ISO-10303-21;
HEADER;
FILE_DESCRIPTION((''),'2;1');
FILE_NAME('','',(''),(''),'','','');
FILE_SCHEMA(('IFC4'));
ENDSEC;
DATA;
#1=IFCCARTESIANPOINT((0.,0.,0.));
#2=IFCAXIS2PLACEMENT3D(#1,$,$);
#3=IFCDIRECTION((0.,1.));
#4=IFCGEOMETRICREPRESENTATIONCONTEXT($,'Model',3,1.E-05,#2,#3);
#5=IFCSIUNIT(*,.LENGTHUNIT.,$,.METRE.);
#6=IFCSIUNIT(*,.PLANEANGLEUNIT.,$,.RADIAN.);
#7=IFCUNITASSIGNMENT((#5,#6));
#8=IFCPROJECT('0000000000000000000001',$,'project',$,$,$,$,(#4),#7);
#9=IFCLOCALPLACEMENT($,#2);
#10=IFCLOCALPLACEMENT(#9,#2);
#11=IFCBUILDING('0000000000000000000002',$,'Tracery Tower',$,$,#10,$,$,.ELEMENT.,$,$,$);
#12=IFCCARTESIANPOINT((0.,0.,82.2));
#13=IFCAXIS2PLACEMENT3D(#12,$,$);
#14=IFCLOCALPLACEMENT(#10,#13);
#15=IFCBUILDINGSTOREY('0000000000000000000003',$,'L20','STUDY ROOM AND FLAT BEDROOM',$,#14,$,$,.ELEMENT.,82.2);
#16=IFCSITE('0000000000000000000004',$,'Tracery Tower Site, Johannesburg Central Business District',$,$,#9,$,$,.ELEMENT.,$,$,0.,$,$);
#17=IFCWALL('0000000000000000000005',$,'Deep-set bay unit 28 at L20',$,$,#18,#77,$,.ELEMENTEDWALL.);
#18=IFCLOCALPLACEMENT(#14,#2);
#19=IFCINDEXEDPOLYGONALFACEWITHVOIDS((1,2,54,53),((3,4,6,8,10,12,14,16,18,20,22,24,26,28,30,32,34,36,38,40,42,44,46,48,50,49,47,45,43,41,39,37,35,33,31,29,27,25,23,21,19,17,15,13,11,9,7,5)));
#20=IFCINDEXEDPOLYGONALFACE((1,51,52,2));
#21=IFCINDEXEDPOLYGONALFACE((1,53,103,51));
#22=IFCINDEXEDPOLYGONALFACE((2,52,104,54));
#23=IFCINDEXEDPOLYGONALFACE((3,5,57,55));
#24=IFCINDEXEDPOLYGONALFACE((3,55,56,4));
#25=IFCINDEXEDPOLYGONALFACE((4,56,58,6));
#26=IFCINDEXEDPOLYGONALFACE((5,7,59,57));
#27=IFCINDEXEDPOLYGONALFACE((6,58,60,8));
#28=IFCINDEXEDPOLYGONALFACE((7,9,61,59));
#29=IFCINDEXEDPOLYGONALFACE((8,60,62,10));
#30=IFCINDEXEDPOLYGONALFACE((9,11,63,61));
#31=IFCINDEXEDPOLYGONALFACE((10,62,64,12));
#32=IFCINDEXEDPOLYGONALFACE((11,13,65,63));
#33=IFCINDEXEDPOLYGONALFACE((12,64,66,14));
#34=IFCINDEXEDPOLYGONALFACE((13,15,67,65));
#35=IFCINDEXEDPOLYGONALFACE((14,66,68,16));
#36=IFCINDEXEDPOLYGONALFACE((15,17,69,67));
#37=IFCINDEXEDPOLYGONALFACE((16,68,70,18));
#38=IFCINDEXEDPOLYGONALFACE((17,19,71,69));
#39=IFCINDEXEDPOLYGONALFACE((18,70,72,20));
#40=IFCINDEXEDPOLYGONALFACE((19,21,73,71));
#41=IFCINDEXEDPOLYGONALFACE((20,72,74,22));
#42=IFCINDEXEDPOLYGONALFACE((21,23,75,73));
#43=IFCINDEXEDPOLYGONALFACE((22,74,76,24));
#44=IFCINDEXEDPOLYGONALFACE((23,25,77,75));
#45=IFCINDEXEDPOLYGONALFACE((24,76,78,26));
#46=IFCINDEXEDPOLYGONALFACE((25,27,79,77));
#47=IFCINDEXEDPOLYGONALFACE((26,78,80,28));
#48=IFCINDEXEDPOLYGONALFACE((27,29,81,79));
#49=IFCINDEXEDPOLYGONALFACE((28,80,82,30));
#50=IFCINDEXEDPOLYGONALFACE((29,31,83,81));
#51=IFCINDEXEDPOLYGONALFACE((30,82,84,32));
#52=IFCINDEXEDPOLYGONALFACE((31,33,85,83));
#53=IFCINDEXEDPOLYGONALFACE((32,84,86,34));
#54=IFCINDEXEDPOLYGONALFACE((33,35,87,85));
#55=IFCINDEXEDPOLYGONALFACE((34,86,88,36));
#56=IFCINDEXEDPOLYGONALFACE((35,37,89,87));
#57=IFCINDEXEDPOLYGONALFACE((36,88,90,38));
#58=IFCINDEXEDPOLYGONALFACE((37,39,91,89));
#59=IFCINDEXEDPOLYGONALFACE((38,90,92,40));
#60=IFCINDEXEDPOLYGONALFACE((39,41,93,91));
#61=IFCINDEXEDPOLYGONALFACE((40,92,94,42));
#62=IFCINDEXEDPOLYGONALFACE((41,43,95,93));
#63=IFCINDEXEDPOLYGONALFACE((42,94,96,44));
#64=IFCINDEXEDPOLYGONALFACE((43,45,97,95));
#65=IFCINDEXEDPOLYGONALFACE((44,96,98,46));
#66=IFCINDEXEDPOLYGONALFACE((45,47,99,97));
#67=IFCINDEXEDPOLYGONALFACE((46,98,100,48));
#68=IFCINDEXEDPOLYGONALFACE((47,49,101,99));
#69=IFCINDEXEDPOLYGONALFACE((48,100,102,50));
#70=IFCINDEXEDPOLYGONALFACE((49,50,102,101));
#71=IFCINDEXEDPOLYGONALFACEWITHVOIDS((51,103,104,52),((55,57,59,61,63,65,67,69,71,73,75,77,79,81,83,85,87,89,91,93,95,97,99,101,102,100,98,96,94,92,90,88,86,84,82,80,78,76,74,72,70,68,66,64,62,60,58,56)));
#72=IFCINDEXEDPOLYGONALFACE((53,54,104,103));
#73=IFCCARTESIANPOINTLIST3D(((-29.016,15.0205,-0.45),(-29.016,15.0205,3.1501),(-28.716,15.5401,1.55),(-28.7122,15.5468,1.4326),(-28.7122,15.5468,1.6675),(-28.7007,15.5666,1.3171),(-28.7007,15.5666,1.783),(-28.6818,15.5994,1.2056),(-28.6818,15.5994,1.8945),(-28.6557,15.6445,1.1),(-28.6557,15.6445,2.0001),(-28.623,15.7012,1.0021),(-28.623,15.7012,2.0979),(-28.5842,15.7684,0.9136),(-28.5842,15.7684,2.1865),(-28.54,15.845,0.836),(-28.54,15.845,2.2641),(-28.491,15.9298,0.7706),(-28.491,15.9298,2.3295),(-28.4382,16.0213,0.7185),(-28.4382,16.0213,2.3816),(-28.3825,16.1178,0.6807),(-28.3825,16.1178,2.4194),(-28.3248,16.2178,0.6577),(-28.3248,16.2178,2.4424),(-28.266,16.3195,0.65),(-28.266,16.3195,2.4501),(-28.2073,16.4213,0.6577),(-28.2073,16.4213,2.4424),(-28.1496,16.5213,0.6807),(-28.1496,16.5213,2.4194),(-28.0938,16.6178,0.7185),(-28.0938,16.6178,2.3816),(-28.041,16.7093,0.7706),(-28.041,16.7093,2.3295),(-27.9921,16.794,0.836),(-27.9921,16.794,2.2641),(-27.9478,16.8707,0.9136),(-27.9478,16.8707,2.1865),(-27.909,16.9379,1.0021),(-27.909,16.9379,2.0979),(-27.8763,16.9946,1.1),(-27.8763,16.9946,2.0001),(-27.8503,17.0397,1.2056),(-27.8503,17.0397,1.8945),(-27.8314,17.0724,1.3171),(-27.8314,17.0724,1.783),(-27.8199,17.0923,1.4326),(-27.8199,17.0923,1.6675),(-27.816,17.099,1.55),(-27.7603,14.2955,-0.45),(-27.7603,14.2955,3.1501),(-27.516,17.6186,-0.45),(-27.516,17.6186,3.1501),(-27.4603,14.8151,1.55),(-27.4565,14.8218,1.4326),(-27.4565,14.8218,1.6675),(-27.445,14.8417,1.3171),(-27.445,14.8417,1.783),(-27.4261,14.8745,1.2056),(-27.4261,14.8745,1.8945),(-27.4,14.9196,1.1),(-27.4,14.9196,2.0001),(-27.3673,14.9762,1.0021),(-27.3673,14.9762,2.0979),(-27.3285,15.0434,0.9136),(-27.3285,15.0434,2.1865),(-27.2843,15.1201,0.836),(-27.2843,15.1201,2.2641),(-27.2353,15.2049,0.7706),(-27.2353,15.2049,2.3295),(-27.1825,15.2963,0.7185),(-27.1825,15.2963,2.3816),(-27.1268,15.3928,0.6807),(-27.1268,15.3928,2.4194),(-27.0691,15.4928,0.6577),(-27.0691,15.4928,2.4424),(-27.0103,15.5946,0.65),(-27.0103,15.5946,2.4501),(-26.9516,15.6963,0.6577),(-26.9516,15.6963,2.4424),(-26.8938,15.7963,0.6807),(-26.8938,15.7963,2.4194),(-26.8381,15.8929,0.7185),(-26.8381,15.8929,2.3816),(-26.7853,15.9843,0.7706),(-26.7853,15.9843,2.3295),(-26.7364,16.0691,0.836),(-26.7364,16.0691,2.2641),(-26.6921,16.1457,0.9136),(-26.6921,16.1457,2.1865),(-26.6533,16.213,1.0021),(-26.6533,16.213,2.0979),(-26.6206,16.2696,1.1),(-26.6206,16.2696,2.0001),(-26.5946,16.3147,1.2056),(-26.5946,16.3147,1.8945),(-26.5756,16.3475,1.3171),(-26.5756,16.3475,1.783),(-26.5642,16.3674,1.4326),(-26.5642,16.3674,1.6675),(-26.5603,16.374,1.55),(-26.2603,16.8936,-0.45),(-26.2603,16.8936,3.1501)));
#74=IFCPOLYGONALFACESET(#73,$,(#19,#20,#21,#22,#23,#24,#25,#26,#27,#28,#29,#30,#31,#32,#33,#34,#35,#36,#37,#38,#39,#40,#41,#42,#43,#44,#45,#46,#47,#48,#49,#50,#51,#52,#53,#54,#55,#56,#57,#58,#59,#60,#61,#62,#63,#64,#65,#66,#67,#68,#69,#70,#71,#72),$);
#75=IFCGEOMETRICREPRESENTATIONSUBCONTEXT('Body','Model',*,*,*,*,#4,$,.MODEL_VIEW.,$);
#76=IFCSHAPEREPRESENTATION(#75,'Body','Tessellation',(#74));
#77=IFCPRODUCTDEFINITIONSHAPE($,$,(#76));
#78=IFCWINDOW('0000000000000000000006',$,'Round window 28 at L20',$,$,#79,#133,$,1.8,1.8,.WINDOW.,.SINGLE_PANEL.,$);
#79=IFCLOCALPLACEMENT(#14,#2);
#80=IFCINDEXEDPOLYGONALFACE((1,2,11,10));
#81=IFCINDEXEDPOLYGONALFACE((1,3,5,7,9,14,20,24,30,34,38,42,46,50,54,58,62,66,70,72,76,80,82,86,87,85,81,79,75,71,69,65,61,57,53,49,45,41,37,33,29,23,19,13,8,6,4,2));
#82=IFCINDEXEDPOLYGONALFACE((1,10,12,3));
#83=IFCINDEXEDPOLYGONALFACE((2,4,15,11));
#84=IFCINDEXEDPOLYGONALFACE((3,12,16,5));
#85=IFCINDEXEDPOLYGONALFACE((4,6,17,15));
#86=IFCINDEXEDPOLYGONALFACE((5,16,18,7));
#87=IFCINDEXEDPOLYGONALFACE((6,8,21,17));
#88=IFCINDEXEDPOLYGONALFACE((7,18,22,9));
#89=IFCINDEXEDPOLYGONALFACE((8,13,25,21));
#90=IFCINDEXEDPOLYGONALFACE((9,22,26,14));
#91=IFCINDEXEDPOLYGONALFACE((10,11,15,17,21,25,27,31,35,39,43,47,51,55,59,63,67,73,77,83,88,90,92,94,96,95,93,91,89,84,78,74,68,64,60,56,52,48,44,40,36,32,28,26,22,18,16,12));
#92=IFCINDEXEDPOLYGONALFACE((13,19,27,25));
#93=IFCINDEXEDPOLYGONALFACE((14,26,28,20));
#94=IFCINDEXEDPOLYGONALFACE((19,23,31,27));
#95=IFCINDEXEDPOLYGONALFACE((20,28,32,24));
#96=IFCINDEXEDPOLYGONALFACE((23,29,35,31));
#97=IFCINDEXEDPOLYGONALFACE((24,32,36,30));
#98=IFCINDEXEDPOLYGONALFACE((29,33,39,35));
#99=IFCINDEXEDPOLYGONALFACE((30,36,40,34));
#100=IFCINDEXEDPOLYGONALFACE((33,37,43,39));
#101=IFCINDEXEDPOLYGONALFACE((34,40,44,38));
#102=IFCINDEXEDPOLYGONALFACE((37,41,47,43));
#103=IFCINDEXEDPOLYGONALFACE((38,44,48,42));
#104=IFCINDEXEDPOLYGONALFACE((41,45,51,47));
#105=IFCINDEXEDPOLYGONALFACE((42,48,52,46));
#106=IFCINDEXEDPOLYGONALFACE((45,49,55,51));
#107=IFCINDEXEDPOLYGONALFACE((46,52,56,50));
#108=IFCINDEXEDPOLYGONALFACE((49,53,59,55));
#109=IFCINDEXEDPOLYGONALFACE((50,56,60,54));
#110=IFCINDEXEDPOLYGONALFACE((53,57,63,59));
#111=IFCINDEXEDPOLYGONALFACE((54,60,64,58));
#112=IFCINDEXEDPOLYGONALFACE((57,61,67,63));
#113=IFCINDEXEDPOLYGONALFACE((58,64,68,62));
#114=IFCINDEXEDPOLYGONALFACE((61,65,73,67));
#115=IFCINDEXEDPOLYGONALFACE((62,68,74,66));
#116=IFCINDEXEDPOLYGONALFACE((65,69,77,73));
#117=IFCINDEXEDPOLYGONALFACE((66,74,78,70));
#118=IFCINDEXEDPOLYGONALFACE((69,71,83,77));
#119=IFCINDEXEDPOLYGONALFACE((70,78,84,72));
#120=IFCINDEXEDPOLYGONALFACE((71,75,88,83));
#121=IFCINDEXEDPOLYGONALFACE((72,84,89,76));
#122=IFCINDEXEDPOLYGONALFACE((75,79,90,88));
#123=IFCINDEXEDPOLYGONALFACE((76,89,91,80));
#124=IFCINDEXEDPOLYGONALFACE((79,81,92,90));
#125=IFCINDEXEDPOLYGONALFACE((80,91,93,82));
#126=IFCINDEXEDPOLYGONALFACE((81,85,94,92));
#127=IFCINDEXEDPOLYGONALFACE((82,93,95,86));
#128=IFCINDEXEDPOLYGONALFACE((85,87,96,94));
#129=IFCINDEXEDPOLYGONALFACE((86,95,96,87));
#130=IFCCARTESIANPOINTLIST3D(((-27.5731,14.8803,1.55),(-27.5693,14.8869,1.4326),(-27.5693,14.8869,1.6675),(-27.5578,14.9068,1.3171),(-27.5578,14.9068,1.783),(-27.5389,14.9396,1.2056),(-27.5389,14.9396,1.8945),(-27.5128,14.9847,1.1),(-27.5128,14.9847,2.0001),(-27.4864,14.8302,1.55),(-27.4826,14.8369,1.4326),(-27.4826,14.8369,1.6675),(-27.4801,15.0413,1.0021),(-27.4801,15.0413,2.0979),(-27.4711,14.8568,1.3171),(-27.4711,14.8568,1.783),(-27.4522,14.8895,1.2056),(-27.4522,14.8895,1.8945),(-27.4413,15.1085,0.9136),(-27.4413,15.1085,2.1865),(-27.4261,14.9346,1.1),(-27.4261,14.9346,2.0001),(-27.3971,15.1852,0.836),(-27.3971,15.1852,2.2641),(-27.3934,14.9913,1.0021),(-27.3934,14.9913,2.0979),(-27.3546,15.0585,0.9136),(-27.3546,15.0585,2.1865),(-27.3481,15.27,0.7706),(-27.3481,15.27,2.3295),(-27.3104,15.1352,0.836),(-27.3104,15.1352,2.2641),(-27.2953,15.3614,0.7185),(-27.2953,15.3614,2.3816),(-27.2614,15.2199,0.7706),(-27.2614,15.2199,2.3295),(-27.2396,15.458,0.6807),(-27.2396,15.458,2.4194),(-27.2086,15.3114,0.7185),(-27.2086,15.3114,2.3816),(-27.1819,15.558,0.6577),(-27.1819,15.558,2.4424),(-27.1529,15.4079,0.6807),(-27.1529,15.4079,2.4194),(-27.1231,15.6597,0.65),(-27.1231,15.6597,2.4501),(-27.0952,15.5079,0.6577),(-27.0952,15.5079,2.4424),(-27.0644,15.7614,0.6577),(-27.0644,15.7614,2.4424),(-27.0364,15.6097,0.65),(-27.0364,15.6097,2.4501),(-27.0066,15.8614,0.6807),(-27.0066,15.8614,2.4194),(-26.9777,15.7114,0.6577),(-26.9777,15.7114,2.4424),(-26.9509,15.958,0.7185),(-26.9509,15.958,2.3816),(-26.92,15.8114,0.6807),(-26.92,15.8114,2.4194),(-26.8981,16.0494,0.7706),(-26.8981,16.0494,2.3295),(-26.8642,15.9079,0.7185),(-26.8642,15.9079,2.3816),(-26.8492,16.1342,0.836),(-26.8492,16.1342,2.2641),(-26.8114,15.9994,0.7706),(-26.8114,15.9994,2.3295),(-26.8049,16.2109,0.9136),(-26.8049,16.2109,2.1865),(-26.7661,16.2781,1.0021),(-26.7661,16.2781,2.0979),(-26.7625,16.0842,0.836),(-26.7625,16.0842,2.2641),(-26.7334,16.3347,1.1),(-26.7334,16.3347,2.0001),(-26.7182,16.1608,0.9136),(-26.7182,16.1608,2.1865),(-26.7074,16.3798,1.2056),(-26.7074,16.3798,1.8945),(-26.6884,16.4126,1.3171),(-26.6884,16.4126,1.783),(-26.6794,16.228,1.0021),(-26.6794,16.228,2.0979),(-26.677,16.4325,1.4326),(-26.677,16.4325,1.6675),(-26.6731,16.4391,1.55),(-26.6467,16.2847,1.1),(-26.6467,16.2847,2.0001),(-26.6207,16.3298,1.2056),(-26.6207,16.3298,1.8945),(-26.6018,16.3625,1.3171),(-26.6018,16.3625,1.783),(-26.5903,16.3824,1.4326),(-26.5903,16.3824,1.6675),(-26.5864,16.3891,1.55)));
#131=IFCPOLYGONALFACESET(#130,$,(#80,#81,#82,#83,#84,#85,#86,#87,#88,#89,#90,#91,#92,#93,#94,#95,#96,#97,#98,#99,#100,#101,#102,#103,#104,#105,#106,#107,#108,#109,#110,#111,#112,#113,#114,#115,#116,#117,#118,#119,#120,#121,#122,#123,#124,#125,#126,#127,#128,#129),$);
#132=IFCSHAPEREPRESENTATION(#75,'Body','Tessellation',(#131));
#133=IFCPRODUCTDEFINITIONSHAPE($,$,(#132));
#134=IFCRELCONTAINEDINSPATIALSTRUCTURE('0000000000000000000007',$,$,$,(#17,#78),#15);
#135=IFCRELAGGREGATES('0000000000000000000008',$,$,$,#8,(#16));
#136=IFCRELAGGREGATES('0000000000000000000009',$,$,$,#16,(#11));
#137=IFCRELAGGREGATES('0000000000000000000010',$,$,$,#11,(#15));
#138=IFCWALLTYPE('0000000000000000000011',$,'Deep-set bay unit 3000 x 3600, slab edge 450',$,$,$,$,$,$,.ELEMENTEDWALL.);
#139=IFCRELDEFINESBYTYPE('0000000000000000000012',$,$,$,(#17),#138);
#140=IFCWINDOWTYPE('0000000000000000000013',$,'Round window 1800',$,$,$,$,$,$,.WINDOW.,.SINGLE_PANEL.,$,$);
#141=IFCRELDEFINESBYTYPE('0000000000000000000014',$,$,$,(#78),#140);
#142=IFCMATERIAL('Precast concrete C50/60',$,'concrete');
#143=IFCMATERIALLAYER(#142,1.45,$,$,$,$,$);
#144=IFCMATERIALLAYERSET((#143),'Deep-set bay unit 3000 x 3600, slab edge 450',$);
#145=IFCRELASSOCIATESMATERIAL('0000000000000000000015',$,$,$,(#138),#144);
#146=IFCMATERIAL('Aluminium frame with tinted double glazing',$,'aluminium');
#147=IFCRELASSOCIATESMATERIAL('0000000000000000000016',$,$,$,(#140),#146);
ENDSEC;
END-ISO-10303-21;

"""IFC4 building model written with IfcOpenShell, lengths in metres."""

from ifc_helpers import new_model, si_unit, direction, frame, frame_2d, origin, origin_2d, place, context, subcontext, project, spatial, rectangle, circle, extrude, material, layer, layer_set, type_object, element, fill, save


model = new_model("IFC4")

# Units and contexts
model_context = context("Model", 3, precision=1e-05, world=origin(), true_north=direction((0.0, 1.0)))
body_context = subcontext(model_context, "Body", "Model", "MODEL_VIEW")
ifc_project = project(units=[si_unit("LENGTHUNIT", "METRE"), si_unit("PLANEANGLEUNIT", "RADIAN")], contexts=[model_context])

# Site, building, storey
site_placement = place(None, origin())
site = spatial("IfcSite", under=ifc_project, at=site_placement, Name="Tracery Tower Site, Johannesburg Central Business District", CompositionType="ELEMENT", RefElevation=0.0)
building_placement = place(site_placement, origin())
building = spatial("IfcBuilding", under=site, at=building_placement, Name="Tracery Tower", CompositionType="ELEMENT")
storey_placement = place(building_placement, frame((0.0, 0.0, 82.2)))
storey = spatial("IfcBuildingStorey", under=building, at=storey_placement, Name="L20", Description="STUDY ROOM AND FLAT BEDROOM", CompositionType="ELEMENT", Elevation=82.2)

# Wall, opening, window
ifc_material_1 = material(Name="Precast concrete C50/60", Category="concrete")
ifc_layer_1 = layer(ifc_material_1, 1.45)
ifc_layer_set_1 = layer_set([ifc_layer_1], Name="Deep-set bay unit 3000 x 3600, slab edge 450")
wall_type_1 = type_object("IfcWallType", Name="Deep-set bay unit 3000 x 3600, slab edge 450", PredefinedType="ELEMENTEDWALL", material=ifc_layer_set_1)
wall_1_placement = place(storey_placement, frame((-26.8882, 17.2561, -0.45), z_axis=(0.0, 0.0, 1.0), x_axis=(-0.49999, -0.866031, 0.0)))
wall_1 = element("IfcWall", 1, at=wall_1_placement, inside=storey, type_object=wall_type_1, Name="Deep-set bay unit 28 at L20", PredefinedType="ELEMENTEDWALL", context=body_context, shape_type="SweptSolid", body=[
    extrude(rectangle(XDim=3.0, YDim=1.45, at=frame_2d((1.5, 0.0))), origin(), (0.0, 0.0, 1.0), 3.6001),
])
opening_1_placement = place(wall_1_placement, frame((1.5, 0.0, 2.0)))
opening_1 = element("IfcOpeningElement", 2, at=opening_1_placement, cuts=wall_1, PredefinedType="OPENING", context=body_context, shape_type="SweptSolid", body=[
    extrude(circle(Radius=0.9, at=origin_2d()), frame((0.0, 0.7349, 0.0), z_axis=(0.0, -1.0, 0.0), x_axis=(1.0, 0.0, 0.0)), (0.0, 0.0, 1.0), 1.47),
])
ifc_material_2 = material(Name="Aluminium frame with tinted double glazing", Category="aluminium")
window_type = type_object("IfcWindowType", Name="Round window 1800", PartitioningType="SINGLE_PANEL", PredefinedType="WINDOW", material=ifc_material_2)
window_1_placement = place(opening_1_placement, origin())
window_1 = element("IfcWindow", 3, at=window_1_placement, inside=storey, type_object=window_type, Name="Round window 28 at L20", OverallHeight=1.8, OverallWidth=1.8, PartitioningType="SINGLE_PANEL", PredefinedType="WINDOW", context=body_context, shape_type="SweptSolid", body=[
    extrude(circle(Radius=0.9, at=origin_2d()), frame((0.0, 0.6948, 0.0), z_axis=(0.0, -1.0, 0.0), x_axis=(1.0, 0.0, 0.0)), (0.0, 0.0, 1.0), 0.1001),
])
fill(opening_1, window_1)

save(model, "model.ifc")
